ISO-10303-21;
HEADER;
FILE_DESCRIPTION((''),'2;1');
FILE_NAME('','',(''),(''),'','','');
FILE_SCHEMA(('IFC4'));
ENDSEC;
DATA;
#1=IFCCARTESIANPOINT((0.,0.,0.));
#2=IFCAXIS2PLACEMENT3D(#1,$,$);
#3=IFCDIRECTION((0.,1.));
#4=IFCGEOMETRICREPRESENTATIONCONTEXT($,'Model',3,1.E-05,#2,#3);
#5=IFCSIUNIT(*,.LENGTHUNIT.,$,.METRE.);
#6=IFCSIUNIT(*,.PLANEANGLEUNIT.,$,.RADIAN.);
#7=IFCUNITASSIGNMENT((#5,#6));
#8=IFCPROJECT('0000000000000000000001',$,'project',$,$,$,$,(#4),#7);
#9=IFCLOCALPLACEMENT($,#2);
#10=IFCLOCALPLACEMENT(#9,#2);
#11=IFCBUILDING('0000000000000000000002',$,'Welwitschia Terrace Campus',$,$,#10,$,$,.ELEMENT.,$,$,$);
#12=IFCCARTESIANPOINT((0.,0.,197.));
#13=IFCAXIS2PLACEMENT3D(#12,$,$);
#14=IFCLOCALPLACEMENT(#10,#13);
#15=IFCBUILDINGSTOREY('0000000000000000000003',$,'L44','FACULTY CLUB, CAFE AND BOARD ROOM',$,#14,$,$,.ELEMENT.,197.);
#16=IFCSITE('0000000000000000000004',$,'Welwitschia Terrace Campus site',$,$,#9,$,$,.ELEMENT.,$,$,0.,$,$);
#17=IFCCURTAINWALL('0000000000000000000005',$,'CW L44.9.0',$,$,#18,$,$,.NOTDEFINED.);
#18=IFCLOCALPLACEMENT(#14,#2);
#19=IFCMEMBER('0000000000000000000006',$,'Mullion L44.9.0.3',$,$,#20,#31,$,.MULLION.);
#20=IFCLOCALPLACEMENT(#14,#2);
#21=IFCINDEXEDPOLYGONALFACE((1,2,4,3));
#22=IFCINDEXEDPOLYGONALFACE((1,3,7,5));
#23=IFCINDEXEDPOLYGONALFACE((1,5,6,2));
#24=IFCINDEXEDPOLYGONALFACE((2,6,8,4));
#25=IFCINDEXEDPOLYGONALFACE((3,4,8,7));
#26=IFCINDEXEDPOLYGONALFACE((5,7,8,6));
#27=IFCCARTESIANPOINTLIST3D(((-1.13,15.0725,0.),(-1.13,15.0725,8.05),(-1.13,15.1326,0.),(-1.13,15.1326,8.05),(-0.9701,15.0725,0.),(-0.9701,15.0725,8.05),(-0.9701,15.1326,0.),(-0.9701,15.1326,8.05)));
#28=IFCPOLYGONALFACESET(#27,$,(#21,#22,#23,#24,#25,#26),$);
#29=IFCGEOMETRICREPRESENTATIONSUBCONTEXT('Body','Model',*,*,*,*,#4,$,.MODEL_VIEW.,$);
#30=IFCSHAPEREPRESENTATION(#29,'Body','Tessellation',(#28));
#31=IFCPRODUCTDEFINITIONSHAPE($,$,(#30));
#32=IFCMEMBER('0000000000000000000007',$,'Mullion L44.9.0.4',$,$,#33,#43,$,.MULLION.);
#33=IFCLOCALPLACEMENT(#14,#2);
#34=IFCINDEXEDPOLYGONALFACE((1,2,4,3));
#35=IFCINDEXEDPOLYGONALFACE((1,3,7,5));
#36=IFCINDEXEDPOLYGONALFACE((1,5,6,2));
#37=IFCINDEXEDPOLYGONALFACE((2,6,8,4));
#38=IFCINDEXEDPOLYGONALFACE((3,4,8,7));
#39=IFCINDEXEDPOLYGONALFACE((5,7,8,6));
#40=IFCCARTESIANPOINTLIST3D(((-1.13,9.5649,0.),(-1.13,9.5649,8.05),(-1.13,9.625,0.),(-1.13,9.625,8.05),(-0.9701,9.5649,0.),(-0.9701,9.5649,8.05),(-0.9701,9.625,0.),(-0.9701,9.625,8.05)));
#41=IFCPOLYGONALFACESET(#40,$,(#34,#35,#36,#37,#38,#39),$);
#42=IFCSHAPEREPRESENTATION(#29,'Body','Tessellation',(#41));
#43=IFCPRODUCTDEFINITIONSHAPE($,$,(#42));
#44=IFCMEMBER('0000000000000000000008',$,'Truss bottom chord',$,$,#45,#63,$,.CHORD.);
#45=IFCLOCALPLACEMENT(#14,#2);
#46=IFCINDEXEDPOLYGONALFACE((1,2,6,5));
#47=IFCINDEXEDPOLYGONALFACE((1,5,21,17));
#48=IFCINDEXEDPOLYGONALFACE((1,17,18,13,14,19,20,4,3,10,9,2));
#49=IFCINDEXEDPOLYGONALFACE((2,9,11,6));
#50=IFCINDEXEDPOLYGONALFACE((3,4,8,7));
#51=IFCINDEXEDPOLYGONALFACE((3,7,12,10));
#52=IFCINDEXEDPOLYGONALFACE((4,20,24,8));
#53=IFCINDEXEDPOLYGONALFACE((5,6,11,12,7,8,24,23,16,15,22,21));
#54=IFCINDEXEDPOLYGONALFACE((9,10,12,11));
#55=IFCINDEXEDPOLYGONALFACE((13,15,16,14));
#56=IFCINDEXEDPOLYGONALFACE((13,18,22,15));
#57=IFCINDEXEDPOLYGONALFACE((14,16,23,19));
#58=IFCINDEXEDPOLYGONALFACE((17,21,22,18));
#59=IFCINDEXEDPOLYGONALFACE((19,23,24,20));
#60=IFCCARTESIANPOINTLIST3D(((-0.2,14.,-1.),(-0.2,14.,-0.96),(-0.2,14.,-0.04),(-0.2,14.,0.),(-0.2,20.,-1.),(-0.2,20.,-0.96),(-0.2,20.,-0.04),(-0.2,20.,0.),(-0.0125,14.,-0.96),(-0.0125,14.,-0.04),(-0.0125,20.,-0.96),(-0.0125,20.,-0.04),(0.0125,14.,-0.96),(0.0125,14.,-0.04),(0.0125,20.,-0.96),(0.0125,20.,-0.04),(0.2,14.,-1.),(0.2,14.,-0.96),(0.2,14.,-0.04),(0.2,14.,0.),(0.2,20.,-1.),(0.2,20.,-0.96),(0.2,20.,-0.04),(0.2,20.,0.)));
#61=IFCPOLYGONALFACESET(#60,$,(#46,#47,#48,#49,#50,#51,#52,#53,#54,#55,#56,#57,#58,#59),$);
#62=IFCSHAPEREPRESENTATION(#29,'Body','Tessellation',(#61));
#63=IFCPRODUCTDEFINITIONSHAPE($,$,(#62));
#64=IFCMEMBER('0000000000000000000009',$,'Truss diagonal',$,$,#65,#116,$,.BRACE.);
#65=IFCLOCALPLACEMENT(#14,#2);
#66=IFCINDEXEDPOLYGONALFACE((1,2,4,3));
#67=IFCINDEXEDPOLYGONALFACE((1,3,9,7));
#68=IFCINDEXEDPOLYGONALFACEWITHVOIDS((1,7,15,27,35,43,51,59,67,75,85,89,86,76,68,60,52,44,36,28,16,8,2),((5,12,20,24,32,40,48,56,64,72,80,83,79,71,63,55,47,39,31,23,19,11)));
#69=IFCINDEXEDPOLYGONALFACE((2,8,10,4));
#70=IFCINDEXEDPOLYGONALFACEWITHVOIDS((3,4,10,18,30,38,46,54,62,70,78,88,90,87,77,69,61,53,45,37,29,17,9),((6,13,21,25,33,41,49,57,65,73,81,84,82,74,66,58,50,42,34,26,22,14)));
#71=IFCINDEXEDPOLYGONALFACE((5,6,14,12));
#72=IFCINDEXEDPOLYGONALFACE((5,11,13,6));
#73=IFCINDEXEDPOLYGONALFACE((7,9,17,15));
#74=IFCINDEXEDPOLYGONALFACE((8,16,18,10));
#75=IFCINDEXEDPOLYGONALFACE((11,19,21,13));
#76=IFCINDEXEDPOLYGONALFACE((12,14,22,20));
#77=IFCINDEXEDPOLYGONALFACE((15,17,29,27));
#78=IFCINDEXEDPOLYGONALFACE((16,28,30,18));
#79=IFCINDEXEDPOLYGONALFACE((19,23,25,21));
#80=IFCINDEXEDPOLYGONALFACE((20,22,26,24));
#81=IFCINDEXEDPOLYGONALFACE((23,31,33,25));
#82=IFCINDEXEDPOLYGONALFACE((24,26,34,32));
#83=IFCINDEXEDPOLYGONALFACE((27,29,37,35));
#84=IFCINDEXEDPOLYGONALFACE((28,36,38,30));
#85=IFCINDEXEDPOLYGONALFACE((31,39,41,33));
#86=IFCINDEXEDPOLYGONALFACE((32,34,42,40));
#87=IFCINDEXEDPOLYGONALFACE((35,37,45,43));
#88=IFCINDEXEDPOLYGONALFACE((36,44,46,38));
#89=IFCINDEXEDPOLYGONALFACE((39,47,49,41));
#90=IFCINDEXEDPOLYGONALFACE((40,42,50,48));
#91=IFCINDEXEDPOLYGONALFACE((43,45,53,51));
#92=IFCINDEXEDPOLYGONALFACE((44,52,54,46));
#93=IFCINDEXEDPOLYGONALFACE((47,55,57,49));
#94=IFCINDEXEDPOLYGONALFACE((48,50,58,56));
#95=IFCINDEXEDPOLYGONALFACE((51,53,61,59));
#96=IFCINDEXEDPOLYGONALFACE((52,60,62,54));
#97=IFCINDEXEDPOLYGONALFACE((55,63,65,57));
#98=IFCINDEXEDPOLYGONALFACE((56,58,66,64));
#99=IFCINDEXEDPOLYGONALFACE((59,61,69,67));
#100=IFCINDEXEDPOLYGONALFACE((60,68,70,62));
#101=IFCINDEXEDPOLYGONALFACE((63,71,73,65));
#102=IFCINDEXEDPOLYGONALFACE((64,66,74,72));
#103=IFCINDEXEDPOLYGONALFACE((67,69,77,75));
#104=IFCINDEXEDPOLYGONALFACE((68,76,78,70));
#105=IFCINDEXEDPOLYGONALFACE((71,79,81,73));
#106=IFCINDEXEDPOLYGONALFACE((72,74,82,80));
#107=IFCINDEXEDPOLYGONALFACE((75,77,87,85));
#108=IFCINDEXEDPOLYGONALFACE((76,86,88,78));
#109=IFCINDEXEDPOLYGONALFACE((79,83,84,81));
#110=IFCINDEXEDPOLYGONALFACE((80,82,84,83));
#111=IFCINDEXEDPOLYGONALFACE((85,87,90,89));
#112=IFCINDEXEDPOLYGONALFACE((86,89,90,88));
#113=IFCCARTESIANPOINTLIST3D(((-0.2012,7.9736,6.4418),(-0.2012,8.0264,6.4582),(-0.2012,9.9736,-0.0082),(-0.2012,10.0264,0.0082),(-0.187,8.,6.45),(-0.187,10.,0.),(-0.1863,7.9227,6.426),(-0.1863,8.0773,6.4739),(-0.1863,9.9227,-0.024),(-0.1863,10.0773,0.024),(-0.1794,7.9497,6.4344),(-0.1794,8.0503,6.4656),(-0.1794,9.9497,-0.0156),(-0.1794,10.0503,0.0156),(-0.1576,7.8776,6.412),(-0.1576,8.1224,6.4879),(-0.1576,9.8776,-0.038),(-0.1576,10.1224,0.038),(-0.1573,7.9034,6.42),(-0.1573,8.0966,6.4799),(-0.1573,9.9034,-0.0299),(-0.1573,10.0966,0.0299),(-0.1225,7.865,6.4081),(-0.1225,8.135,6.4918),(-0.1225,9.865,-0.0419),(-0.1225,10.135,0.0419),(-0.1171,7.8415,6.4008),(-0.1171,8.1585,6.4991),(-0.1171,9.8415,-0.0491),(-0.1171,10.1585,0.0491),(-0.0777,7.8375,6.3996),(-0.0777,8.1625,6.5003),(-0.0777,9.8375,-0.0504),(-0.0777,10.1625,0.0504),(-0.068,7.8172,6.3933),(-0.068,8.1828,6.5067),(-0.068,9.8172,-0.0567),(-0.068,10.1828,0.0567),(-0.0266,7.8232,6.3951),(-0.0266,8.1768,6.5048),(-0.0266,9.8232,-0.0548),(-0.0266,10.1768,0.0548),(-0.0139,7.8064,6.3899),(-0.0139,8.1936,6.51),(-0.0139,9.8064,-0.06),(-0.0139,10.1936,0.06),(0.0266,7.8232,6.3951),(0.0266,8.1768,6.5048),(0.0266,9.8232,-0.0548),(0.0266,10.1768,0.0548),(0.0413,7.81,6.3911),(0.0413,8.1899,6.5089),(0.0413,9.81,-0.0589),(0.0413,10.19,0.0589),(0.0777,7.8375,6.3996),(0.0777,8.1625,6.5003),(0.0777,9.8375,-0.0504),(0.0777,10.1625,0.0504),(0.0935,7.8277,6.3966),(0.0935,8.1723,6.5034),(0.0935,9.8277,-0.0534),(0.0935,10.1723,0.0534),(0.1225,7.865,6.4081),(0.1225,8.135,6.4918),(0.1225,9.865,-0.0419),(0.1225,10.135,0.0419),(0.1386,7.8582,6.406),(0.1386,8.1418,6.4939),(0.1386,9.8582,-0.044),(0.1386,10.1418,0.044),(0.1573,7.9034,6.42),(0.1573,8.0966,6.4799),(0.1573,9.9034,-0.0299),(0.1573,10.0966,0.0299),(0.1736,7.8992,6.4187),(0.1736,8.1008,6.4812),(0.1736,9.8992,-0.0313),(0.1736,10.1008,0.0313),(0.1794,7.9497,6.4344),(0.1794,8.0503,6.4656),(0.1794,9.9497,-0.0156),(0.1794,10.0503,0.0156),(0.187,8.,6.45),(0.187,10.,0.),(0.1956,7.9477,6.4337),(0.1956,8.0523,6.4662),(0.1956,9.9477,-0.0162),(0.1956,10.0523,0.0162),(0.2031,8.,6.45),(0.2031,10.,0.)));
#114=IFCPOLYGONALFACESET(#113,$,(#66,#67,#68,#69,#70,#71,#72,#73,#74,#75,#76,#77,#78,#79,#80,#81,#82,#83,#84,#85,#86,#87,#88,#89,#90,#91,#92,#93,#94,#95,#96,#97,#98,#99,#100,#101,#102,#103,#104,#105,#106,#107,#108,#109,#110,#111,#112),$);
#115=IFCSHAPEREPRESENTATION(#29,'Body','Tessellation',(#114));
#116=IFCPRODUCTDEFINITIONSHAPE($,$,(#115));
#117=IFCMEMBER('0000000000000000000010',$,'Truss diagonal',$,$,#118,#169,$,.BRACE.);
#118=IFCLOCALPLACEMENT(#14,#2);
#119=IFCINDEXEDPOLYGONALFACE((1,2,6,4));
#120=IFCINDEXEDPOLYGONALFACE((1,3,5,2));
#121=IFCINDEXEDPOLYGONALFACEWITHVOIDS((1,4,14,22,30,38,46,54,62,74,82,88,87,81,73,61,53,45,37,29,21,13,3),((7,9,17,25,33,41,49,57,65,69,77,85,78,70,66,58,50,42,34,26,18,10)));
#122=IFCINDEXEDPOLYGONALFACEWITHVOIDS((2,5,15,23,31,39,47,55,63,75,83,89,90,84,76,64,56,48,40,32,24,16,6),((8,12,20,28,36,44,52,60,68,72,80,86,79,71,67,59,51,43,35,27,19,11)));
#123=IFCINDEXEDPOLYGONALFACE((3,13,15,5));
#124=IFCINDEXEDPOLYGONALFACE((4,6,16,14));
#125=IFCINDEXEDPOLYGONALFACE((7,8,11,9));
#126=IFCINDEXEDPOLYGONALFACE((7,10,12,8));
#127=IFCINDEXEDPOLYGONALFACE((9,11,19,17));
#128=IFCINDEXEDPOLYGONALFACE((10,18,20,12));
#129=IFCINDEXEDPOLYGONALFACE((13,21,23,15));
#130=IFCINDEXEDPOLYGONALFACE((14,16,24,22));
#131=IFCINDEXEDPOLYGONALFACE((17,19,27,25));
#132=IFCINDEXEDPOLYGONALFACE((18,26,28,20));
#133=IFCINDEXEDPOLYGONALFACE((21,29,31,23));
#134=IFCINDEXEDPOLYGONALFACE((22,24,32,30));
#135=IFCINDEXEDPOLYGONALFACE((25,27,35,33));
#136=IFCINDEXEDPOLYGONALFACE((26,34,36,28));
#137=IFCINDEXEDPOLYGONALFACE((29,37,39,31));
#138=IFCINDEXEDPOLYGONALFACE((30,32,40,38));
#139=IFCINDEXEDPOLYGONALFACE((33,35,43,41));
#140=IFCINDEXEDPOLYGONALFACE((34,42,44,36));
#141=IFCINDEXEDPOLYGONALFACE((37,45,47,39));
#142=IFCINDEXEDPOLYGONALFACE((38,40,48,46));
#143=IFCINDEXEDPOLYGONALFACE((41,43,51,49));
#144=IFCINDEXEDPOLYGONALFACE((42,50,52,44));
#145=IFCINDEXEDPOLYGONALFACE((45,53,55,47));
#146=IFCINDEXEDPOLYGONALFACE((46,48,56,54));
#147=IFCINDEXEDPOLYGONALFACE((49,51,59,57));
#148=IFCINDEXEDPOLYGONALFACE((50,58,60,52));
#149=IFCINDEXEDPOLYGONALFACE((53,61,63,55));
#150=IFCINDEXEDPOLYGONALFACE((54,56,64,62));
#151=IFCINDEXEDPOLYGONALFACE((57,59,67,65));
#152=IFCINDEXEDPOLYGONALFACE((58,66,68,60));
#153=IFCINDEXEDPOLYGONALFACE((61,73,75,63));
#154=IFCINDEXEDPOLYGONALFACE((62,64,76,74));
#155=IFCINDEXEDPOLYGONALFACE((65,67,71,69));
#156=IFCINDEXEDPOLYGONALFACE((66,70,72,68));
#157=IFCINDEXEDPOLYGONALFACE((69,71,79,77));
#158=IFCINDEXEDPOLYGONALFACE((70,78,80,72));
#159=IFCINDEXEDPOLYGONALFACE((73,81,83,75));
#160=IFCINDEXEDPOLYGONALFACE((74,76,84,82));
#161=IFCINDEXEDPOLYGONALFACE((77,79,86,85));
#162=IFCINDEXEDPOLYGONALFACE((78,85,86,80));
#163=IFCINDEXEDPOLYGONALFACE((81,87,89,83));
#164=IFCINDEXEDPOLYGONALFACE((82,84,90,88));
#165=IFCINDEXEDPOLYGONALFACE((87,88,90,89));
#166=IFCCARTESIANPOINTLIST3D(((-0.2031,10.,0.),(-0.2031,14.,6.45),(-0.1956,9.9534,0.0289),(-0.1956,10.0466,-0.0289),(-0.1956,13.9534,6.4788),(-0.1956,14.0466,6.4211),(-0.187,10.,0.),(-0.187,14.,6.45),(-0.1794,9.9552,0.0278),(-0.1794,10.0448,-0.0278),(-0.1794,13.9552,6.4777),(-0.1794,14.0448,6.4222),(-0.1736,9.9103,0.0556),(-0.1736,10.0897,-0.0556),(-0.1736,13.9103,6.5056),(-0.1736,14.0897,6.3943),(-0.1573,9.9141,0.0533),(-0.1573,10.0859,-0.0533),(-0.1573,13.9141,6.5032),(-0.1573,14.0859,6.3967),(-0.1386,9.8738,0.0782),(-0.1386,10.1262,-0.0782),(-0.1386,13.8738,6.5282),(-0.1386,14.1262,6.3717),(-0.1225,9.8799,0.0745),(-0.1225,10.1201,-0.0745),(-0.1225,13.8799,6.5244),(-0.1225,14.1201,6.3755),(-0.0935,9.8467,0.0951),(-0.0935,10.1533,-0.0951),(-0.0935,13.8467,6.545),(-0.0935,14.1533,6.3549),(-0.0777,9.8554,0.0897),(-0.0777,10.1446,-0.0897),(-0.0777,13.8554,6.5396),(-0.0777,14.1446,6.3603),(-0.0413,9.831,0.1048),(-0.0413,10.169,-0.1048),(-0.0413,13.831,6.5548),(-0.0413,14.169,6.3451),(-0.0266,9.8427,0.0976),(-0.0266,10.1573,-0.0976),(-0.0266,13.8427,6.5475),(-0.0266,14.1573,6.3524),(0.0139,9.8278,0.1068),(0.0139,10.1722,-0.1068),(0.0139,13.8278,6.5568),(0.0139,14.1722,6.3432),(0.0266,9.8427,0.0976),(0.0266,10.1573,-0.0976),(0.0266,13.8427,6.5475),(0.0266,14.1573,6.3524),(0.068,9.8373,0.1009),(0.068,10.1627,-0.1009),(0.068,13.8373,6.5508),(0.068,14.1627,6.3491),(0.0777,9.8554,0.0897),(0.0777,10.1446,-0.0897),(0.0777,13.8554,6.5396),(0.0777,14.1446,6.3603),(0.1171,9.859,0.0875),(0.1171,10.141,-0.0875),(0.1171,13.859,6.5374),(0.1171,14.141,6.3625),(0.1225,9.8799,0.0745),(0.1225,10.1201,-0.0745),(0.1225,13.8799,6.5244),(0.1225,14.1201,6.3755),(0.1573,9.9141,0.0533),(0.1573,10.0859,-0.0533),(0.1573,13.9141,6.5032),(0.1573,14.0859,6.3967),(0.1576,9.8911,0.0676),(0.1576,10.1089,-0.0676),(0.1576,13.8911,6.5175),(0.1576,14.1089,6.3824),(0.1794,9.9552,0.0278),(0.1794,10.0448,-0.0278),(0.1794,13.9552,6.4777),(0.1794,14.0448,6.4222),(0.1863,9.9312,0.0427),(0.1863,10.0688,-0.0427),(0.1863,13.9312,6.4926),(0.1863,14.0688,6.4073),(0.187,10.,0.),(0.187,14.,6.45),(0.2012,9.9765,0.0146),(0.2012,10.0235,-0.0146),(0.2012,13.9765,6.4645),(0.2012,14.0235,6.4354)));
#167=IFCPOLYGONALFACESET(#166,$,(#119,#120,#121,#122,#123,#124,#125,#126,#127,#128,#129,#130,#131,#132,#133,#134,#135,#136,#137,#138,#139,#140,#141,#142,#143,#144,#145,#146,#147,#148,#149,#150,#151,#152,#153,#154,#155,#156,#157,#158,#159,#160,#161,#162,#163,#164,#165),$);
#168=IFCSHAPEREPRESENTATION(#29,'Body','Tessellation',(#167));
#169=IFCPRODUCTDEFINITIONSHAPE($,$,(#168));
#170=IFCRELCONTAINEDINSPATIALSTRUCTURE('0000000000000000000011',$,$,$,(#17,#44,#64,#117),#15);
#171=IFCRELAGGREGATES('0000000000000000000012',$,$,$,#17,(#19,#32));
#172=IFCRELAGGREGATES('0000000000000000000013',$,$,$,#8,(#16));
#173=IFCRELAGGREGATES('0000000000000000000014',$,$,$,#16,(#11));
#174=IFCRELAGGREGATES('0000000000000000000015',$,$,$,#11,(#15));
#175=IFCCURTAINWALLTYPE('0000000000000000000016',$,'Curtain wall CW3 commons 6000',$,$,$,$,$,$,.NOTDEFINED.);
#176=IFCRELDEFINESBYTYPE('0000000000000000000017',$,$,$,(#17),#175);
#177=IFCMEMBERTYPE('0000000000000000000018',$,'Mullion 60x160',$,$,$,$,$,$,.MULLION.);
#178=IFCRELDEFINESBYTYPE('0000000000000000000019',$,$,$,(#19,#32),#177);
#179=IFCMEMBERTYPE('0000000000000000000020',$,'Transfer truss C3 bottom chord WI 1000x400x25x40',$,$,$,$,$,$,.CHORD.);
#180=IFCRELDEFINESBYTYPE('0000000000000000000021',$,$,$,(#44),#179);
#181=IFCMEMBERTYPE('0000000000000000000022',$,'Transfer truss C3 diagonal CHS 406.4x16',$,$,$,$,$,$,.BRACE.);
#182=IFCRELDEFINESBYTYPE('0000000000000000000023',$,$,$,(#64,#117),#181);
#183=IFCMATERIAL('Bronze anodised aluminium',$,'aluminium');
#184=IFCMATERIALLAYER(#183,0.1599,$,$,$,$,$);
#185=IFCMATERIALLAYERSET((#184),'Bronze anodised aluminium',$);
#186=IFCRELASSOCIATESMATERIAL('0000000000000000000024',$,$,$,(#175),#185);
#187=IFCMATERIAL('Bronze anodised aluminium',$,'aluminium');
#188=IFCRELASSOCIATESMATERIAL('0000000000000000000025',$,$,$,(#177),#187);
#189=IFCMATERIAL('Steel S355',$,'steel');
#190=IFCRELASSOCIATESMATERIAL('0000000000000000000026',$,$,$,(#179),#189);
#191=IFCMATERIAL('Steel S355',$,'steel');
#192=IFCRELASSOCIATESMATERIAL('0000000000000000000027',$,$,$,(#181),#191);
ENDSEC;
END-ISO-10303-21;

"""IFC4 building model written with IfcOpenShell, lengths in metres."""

from ifc_helpers import new_model, si_unit, direction, frame, origin, origin_2d, place, context, subcontext, project, spatial, rectangle, hollow_circle, i_section, extrude, material, layer, layer_set, material_profile, profile_set, type_object, element, aggregate, save


model = new_model("IFC4")

# Units and contexts
model_context = context("Model", 3, precision=1e-05, world=origin(), true_north=direction((0.0, 1.0)))
body_context = subcontext(model_context, "Body", "Model", "MODEL_VIEW")
ifc_project = project(units=[si_unit("LENGTHUNIT", "METRE"), si_unit("PLANEANGLEUNIT", "RADIAN")], contexts=[model_context])

# Site, building, storey
site_placement = place(None, origin())
site = spatial("IfcSite", under=ifc_project, at=site_placement, Name="Welwitschia Terrace Campus site", CompositionType="ELEMENT", RefElevation=0.0)
building_placement = place(site_placement, origin())
building = spatial("IfcBuilding", under=site, at=building_placement, Name="Welwitschia Terrace Campus", CompositionType="ELEMENT")
storey_placement = place(building_placement, frame((0.0, 0.0, 197.0)))
storey = spatial("IfcBuildingStorey", under=building, at=storey_placement, Name="L44", Description="FACULTY CLUB, CAFE AND BOARD ROOM", CompositionType="ELEMENT", Elevation=197.0)

# Curtain wall, members
ifc_material_1 = material(Name="Bronze anodised aluminium", Category="aluminium")
ifc_layer_1 = layer(ifc_material_1, 0.1599)
ifc_layer_set_1 = layer_set([ifc_layer_1], Name="Bronze anodised aluminium")
curtain_wall_type = type_object("IfcCurtainWallType", Name="Curtain wall CW3 commons 6000", PredefinedType="NOTDEFINED", material=ifc_layer_set_1)
curtain_wall_1_placement = place(storey_placement, origin())
curtain_wall_1 = element("IfcCurtainWall", 1, at=curtain_wall_1_placement, inside=storey, type_object=curtain_wall_type, Name="CW L44.9.0", PredefinedType="NOTDEFINED")
ifc_material_2 = material(Name="Bronze anodised aluminium", Category="aluminium")
ifc_material_profile_1 = material_profile(ifc_material_2, rectangle(XDim=0.1599, YDim=0.0601, at=origin_2d()))
ifc_profile_set_1 = profile_set([ifc_material_profile_1], Name="Bronze anodised aluminium")
member_type_1 = type_object("IfcMemberType", Name="Mullion 60x160", PredefinedType="MULLION", material=ifc_profile_set_1)
member_1_placement = place(storey_placement, frame((-1.05, 15.1025, 0.0), z_axis=(0.0, 0.0, 1.0), x_axis=(1.0, 0.0, 0.0)))
member_1 = element("IfcMember", 2, at=member_1_placement, type_object=member_type_1, Name="Mullion L44.9.0.3", PredefinedType="MULLION", context=body_context, shape_type="SweptSolid", body=[
    extrude(rectangle(XDim=0.1599, YDim=0.0601, at=origin_2d()), origin(), (0.0, 0.0, 1.0), 8.05),
])
member_2_placement = place(storey_placement, frame((-1.05, 9.595, 0.0), z_axis=(0.0, 0.0, 1.0), x_axis=(1.0, 0.0, 0.0)))
member_2 = element("IfcMember", 3, at=member_2_placement, type_object=member_type_1, Name="Mullion L44.9.0.4", PredefinedType="MULLION", context=body_context, shape_type="SweptSolid", body=[
    extrude(rectangle(XDim=0.1599, YDim=0.0601, at=origin_2d()), origin(), (0.0, 0.0, 1.0), 8.05),
])

# Members
ifc_material_3 = material(Name="Steel S355", Category="steel")
ifc_material_profile_2 = material_profile(ifc_material_3, i_section(OverallWidth=0.3999, OverallDepth=1.0, WebThickness=0.0249, FlangeThickness=0.04, at=origin_2d()))
ifc_profile_set_2 = profile_set([ifc_material_profile_2], Name="Steel S355")
member_type_2 = type_object("IfcMemberType", Name="Transfer truss C3 bottom chord WI 1000x400x25x40", PredefinedType="CHORD", material=ifc_profile_set_2)
member_3_placement = place(storey_placement, frame((0.0, 14.0, -0.5), z_axis=(0.0, 1.0, 0.0), x_axis=(-1.0, 0.0, 0.0)))
element("IfcMember", 4, at=member_3_placement, inside=storey, type_object=member_type_2, Name="Truss bottom chord", PredefinedType="CHORD", context=body_context, shape_type="SweptSolid", body=[
    extrude(i_section(OverallWidth=0.3999, OverallDepth=1.0, WebThickness=0.0249, FlangeThickness=0.04, at=origin_2d()), origin(), (0.0, 0.0, 1.0), 6.0),
])
ifc_material_4 = material(Name="Steel S355", Category="steel")
ifc_material_profile_3 = material_profile(ifc_material_4, hollow_circle(Radius=0.2031, WallThickness=0.0161, at=origin_2d()))
ifc_profile_set_3 = profile_set([ifc_material_profile_3], Name="Steel S355")
member_type_3 = type_object("IfcMemberType", Name="Transfer truss C3 diagonal CHS 406.4x16", PredefinedType="BRACE", material=ifc_profile_set_3)
member_4_placement = place(storey_placement, frame((0.0, 10.0, 0.0), z_axis=(0.0, -0.296168, 0.955136), x_axis=(1.0, 0.0, 0.0)))
element("IfcMember", 5, at=member_4_placement, inside=storey, type_object=member_type_3, Name="Truss diagonal", PredefinedType="BRACE", context=body_context, shape_type="SweptSolid", body=[
    extrude(hollow_circle(Radius=0.2031, WallThickness=0.0161, at=origin_2d()), origin(), (0.0, 0.0, 1.0), 6.7529),
])
member_5_placement = place(storey_placement, frame((0.0, 10.0, 0.0), z_axis=(0.0, 0.527038, 0.849842), x_axis=(-1.0, 0.0, 0.0)))
element("IfcMember", 6, at=member_5_placement, inside=storey, type_object=member_type_3, Name="Truss diagonal", PredefinedType="BRACE", context=body_context, shape_type="SweptSolid", body=[
    extrude(hollow_circle(Radius=0.2031, WallThickness=0.0161, at=origin_2d()), origin(), (0.0, 0.0, 1.0), 7.5896),
])

aggregate(curtain_wall_1, [member_1, member_2])

save(model, "model.ifc")
